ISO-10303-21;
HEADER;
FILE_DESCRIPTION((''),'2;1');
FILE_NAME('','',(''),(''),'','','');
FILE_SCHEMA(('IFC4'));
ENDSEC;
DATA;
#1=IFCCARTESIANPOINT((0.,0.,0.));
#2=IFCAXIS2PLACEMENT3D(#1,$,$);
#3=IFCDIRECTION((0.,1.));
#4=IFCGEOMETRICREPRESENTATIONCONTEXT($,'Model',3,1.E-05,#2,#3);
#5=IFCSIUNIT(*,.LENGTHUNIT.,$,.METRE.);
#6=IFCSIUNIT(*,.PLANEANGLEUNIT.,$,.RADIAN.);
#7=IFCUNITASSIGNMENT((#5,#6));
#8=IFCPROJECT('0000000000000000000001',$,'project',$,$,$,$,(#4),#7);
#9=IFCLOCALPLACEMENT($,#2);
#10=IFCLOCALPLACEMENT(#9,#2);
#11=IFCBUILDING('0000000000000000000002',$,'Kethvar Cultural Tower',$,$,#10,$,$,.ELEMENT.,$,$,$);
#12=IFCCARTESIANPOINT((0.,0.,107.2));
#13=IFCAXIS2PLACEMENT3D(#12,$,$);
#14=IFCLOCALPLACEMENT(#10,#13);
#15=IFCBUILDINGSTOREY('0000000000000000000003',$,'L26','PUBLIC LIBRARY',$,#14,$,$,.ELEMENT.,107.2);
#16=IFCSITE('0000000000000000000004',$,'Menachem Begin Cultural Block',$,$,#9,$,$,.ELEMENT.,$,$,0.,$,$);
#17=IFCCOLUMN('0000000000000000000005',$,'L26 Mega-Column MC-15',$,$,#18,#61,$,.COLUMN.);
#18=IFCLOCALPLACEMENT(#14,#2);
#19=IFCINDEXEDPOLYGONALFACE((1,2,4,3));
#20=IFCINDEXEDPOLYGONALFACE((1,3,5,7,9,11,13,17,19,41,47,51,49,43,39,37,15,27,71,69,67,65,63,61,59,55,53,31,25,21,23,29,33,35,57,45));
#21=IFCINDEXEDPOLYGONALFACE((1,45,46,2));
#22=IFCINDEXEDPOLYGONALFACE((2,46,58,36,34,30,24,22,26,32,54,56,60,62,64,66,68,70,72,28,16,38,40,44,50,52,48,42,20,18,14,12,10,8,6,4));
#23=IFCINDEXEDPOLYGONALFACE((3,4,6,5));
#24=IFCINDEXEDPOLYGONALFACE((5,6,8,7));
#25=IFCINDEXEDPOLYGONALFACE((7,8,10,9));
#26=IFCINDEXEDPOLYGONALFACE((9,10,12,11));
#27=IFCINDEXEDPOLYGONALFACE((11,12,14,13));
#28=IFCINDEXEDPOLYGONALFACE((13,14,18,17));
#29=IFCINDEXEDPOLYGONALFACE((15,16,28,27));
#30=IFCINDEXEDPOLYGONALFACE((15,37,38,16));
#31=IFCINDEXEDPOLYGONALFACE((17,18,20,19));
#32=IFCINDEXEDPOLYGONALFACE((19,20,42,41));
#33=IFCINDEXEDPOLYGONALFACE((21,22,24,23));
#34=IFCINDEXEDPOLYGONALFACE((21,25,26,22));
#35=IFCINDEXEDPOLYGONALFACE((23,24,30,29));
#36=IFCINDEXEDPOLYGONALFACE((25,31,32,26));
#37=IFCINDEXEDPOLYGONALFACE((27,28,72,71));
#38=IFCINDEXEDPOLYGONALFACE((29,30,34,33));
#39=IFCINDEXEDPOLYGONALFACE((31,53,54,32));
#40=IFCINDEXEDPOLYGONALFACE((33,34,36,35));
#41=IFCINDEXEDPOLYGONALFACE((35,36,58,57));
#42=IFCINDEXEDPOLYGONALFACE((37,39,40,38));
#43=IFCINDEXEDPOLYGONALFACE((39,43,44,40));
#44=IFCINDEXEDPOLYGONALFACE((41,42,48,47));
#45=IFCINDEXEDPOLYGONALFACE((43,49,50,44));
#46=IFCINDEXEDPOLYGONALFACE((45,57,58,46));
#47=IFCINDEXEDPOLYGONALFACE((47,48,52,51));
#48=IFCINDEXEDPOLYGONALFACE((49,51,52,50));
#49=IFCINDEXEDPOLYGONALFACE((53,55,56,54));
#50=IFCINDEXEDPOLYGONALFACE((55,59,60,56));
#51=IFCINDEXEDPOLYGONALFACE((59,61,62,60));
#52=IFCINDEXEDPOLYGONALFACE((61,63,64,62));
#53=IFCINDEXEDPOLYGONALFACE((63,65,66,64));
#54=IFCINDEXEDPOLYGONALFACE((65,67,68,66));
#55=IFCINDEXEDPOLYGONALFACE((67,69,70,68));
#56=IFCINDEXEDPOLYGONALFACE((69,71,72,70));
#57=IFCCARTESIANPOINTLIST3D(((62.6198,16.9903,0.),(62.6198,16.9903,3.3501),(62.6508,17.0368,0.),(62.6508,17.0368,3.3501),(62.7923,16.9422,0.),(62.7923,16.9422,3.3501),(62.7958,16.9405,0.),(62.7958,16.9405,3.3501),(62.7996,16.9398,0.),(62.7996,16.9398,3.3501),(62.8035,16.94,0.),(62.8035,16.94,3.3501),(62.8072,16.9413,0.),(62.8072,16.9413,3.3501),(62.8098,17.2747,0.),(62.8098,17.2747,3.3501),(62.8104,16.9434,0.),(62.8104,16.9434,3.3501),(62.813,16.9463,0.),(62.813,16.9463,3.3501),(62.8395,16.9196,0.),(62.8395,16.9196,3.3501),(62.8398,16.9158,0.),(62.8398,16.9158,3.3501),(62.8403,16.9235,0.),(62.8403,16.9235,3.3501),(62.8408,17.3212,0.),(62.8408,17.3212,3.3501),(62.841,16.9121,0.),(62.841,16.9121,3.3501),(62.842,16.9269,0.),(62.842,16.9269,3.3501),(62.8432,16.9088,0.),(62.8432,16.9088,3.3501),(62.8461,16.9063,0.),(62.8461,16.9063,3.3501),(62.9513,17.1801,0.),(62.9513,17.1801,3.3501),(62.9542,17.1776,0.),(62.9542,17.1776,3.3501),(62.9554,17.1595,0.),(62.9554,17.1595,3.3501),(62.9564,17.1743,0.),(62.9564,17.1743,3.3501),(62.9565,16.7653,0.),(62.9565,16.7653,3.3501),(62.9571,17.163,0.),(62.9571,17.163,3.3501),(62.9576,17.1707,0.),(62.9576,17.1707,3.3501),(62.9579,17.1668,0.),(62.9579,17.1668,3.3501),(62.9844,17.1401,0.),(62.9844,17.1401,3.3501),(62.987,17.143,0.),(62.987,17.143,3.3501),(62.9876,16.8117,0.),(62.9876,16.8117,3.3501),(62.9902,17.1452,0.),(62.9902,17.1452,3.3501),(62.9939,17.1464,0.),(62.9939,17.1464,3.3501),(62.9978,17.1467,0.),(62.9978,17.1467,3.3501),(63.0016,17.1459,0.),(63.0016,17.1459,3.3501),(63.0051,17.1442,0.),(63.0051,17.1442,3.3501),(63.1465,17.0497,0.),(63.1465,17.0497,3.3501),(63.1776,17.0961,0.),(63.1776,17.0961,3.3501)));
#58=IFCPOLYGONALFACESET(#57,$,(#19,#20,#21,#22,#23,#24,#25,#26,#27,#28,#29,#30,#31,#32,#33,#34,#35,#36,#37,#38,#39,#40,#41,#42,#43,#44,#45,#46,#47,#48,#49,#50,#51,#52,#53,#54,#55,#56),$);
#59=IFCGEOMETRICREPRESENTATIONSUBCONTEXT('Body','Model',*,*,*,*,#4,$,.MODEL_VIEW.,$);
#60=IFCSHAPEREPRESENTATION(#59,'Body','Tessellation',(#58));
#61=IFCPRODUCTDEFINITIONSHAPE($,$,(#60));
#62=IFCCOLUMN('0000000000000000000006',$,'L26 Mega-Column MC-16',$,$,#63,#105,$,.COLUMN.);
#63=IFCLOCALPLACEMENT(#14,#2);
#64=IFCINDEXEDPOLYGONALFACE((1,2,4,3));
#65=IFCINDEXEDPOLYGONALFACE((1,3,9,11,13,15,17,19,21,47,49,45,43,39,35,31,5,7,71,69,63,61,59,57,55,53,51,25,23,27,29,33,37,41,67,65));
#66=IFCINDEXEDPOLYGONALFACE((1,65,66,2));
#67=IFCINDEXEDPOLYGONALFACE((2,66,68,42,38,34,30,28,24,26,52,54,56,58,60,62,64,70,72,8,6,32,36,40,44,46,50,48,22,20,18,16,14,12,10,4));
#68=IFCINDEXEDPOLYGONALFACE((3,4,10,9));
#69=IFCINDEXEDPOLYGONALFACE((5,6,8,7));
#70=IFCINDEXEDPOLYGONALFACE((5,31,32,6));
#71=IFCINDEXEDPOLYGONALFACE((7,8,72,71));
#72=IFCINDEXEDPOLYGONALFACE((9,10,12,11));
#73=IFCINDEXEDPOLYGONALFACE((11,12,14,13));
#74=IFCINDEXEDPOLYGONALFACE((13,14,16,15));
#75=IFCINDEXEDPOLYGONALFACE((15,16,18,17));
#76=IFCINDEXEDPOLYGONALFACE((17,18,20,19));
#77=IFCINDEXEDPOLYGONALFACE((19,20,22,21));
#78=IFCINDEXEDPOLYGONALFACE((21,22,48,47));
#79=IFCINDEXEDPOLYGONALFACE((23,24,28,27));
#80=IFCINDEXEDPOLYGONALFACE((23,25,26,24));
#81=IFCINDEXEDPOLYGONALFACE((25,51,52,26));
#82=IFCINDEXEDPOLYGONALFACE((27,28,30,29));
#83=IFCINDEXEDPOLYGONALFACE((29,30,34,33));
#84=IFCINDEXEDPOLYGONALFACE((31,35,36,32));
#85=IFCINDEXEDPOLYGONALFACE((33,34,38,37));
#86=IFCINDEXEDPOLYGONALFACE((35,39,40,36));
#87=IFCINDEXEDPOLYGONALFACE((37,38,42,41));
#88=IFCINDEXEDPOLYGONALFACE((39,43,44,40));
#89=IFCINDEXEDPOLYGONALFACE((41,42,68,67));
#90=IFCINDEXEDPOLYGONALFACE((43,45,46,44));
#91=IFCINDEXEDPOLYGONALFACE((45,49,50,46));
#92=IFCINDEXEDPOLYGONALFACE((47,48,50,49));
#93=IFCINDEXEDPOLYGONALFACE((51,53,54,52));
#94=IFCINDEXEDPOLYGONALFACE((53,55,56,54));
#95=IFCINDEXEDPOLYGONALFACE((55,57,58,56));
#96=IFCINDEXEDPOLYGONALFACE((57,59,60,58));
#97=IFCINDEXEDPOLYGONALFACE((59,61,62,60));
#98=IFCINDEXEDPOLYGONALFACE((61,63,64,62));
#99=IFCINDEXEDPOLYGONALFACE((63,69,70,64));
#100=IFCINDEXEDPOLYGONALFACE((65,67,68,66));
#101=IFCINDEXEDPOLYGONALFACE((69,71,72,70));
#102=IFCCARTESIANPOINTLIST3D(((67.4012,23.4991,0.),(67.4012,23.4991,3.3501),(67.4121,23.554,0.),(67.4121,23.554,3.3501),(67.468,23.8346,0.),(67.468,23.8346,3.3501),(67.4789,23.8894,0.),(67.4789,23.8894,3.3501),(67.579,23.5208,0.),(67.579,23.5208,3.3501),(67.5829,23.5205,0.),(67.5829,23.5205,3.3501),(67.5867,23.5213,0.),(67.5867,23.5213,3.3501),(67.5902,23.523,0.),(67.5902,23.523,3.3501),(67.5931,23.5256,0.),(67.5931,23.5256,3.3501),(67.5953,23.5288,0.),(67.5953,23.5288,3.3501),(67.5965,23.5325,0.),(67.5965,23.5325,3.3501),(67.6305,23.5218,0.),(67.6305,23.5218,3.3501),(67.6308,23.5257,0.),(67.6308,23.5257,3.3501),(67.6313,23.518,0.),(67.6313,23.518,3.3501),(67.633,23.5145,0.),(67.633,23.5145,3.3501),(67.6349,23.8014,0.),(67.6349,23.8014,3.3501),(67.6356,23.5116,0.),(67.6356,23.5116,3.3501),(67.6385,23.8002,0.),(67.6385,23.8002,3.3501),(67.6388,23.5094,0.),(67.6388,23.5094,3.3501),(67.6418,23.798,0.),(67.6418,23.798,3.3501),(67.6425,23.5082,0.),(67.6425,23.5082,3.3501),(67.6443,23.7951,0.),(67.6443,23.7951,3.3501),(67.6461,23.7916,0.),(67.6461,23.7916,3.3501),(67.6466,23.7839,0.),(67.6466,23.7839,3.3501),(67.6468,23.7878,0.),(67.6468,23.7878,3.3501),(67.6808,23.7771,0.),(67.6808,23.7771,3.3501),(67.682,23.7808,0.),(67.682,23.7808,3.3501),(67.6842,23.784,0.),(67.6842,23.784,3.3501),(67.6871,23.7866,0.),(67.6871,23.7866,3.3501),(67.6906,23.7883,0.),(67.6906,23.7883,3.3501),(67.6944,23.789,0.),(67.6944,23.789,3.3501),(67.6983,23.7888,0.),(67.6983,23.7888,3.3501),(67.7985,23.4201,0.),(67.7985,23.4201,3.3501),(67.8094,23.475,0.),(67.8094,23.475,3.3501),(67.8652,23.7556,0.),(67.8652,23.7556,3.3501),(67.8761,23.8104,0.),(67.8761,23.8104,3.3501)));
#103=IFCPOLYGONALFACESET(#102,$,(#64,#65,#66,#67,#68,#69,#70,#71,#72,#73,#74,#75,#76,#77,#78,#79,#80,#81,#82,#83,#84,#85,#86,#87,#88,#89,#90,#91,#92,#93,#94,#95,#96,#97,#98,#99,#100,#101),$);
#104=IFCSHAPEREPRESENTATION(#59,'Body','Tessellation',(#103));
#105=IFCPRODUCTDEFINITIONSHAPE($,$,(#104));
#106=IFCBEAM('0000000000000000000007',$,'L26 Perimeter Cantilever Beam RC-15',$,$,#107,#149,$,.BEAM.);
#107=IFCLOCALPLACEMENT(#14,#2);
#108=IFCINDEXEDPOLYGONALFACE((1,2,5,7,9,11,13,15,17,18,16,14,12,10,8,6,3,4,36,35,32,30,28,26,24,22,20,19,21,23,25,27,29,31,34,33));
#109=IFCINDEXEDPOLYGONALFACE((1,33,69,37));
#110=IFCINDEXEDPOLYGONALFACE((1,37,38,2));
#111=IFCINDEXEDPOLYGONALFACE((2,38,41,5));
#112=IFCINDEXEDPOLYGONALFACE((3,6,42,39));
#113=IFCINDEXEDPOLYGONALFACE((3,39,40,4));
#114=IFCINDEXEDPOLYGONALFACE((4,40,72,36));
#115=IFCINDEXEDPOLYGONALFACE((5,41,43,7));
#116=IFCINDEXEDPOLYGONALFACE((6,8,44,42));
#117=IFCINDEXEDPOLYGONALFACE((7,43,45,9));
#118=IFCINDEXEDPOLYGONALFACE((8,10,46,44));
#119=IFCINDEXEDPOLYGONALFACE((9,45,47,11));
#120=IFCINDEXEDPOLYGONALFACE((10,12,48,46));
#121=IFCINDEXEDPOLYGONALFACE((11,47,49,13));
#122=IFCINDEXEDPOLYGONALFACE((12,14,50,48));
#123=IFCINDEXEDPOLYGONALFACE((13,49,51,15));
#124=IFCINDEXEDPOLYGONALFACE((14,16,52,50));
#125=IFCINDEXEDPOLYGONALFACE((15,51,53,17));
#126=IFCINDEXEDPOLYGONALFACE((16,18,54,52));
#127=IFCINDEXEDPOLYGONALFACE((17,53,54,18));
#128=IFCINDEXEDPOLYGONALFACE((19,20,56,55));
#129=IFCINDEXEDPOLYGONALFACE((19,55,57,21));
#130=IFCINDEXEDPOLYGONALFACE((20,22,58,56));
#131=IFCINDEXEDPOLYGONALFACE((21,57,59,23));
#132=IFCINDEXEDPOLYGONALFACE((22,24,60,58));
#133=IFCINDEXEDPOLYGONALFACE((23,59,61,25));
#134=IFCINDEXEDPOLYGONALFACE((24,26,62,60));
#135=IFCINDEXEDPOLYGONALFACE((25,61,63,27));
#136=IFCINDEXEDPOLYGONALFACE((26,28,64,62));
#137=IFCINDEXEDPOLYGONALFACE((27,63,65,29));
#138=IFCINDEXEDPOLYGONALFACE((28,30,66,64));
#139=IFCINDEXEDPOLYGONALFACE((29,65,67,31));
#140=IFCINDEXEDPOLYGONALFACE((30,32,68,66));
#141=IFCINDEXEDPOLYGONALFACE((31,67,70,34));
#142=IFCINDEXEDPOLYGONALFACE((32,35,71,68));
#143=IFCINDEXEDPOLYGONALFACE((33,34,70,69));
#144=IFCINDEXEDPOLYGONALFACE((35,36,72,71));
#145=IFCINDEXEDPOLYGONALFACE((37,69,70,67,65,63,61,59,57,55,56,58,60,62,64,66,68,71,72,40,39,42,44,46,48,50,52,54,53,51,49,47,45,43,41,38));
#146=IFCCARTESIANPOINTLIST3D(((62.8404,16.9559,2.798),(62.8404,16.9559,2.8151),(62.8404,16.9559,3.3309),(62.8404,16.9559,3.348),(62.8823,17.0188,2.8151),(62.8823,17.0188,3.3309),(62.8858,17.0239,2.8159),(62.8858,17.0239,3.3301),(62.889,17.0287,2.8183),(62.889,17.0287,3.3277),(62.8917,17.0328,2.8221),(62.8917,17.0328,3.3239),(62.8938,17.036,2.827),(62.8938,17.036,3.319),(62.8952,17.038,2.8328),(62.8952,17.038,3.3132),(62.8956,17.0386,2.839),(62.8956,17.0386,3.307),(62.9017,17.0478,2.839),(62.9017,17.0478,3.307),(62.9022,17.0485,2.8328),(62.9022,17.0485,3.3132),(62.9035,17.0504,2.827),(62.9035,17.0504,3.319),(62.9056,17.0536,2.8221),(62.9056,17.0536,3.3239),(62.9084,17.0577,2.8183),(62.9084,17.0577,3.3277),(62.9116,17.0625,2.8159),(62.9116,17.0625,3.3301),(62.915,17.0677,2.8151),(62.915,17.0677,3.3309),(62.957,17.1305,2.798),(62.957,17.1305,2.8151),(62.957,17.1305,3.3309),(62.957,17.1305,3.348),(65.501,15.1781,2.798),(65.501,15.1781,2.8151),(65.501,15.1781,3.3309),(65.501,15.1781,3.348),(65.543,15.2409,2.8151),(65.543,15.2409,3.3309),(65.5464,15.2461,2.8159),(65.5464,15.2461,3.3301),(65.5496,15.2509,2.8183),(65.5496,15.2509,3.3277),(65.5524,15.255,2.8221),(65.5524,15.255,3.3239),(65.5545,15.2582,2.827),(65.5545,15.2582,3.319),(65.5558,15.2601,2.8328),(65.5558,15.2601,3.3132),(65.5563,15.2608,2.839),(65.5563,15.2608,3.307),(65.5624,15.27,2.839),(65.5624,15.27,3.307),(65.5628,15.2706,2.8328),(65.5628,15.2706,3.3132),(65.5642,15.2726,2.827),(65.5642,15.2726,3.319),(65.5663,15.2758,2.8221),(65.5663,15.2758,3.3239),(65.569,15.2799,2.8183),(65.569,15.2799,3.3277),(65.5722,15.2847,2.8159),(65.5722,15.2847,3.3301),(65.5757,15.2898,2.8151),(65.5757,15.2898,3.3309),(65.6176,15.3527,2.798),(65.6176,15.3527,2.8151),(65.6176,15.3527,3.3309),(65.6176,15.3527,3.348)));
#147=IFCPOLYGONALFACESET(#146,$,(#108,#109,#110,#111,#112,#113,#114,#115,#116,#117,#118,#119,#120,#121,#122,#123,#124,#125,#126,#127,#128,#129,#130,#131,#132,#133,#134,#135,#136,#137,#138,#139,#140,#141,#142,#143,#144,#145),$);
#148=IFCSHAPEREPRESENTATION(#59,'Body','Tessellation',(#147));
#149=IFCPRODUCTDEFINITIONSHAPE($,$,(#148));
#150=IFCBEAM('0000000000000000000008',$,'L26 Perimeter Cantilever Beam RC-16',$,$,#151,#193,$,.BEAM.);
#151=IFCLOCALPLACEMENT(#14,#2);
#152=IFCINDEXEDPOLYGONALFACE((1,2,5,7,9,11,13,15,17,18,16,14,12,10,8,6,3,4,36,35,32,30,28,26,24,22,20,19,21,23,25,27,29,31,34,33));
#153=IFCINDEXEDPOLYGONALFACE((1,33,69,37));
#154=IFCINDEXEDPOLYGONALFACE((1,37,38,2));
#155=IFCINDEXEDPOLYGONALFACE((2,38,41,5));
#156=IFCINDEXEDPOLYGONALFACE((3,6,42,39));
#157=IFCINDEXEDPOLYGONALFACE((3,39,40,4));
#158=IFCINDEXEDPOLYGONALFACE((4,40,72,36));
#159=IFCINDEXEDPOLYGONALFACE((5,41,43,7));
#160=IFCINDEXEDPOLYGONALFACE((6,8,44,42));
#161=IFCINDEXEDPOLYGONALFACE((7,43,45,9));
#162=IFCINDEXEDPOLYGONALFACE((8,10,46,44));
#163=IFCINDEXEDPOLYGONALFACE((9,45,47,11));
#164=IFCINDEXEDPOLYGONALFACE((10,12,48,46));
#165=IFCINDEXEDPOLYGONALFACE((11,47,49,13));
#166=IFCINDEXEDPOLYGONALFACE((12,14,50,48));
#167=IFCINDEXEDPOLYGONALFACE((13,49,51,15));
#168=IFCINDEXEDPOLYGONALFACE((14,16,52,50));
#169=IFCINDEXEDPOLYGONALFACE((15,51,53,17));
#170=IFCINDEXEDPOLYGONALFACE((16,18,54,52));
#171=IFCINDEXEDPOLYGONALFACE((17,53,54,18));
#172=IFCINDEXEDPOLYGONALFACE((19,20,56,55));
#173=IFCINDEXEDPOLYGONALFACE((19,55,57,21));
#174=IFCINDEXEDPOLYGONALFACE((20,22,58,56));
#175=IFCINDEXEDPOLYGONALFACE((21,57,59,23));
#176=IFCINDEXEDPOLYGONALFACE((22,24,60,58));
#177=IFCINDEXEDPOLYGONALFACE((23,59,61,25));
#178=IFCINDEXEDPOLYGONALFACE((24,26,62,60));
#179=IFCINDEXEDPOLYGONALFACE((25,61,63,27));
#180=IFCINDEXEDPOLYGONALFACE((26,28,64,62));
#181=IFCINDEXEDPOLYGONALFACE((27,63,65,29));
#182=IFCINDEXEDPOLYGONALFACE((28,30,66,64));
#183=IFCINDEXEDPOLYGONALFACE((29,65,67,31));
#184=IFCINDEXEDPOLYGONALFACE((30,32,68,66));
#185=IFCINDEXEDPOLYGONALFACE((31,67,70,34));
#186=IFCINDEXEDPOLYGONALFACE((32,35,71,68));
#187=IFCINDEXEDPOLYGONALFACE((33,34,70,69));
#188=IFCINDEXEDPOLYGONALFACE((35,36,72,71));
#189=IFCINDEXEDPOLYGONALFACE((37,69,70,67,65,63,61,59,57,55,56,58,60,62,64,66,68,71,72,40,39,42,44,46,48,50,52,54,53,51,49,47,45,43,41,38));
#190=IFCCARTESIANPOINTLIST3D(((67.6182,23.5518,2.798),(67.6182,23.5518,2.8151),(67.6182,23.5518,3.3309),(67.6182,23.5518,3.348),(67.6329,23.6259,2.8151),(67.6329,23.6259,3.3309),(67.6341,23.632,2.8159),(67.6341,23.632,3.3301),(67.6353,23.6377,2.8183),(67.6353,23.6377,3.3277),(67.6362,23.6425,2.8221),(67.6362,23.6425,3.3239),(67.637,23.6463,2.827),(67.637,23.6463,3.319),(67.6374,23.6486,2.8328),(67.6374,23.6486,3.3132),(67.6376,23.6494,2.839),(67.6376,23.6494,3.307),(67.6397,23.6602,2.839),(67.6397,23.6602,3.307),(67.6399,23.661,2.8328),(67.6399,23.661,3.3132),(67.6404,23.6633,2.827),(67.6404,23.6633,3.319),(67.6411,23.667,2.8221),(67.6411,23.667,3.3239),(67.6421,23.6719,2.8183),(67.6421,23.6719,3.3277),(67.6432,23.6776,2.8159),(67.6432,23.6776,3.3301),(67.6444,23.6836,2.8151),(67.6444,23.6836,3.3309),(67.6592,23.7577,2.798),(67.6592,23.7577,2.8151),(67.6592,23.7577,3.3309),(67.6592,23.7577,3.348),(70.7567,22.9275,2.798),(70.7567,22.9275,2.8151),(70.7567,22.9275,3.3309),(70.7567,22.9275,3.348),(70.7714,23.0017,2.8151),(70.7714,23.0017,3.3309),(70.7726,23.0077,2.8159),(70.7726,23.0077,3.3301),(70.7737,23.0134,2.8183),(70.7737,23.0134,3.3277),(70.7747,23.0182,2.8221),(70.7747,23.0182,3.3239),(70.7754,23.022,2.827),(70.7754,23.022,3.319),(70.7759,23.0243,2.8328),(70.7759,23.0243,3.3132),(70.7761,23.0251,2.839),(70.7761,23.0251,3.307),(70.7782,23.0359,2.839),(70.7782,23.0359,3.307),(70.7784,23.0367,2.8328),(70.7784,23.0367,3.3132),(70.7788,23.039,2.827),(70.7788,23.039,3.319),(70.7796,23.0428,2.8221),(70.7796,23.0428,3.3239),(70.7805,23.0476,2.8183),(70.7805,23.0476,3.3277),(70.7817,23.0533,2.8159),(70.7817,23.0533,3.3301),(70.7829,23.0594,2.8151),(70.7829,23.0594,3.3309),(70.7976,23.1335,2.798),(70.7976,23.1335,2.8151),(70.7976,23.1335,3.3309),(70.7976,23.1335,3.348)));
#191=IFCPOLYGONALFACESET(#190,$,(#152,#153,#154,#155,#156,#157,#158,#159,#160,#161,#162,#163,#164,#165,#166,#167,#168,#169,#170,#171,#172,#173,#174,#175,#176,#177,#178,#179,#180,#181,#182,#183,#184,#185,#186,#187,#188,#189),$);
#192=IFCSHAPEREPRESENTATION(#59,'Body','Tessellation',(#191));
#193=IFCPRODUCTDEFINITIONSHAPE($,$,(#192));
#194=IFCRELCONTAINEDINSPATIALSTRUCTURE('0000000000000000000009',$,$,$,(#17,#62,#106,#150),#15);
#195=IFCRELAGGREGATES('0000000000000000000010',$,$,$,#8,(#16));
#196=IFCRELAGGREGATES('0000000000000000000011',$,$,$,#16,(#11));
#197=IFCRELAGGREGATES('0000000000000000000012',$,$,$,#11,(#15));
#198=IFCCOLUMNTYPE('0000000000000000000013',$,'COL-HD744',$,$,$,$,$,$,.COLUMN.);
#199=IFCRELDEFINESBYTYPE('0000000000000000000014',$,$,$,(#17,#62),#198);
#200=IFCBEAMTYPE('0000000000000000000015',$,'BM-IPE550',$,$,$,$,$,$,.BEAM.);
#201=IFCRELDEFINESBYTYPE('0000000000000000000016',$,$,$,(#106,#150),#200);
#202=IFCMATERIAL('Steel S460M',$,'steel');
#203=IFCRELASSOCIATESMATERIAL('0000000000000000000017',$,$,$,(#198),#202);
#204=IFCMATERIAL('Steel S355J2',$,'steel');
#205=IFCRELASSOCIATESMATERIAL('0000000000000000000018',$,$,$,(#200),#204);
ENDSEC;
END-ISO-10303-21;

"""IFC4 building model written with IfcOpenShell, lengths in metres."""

from ifc_helpers import new_model, si_unit, direction, frame, origin, origin_2d, place, context, subcontext, project, spatial, i_section, extrude, source, transform, mapped, material, material_profile, profile_set, type_object, element, save


model = new_model("IFC4")

# Units and contexts
model_context = context("Model", 3, precision=1e-05, world=origin(), true_north=direction((0.0, 1.0)))
body_context = subcontext(model_context, "Body", "Model", "MODEL_VIEW")
ifc_project = project(units=[si_unit("LENGTHUNIT", "METRE"), si_unit("PLANEANGLEUNIT", "RADIAN")], contexts=[model_context])

# Site, building, storey
site_placement = place(None, origin())
site = spatial("IfcSite", under=ifc_project, at=site_placement, Name="Menachem Begin Cultural Block", CompositionType="ELEMENT", RefElevation=0.0)
building_placement = place(site_placement, origin())
building = spatial("IfcBuilding", under=site, at=building_placement, Name="Kethvar Cultural Tower", CompositionType="ELEMENT")
storey_placement = place(building_placement, frame((0.0, 0.0, 107.2)))
storey = spatial("IfcBuildingStorey", under=building, at=storey_placement, Name="L26", Description="PUBLIC LIBRARY", CompositionType="ELEMENT", Elevation=107.2)

# Columns
ifc_material_1 = material(Name="Steel S460M", Category="steel")
ifc_material_profile_1 = material_profile(ifc_material_1, i_section(OverallWidth=0.405, OverallDepth=0.3979, WebThickness=0.0349, FlangeThickness=0.0559, FilletRadius=0.0149, at=origin_2d()), Name="Steel S460M — HD400x744")
ifc_profile_set_1 = profile_set([ifc_material_profile_1], Name="Steel S460M — HD400x744")
column_type = type_object("IfcColumnType", Name="COL-HD744", PredefinedType="COLUMN", material=ifc_profile_set_1)
shared_shape_1 = source(origin(), body_context, "Body", "SweptSolid", [
    extrude(i_section(OverallWidth=0.405, OverallDepth=0.3979, WebThickness=0.0349, FlangeThickness=0.0559, FilletRadius=0.0149, at=origin_2d()), origin(), (0.0, 0.0, 1.0), 3.3501),
])
for number, where, z_axis, x_axis, name in (
    (1, (62.8987, 17.0432, 0.0), (0.0, 0.0, 1.0), (0.83147, -0.55557, 0.0), "L26 Mega-Column MC-15"),
    (2, (67.6387, 23.6548, 0.0), (0.0, 0.0, 1.0), (0.980785, -0.19509, 0.0), "L26 Mega-Column MC-16"),
):
    element("IfcColumn", number, at=place(storey_placement, frame(where, z_axis=z_axis, x_axis=x_axis)), inside=storey, type_object=column_type, Name=name, PredefinedType="COLUMN", context=body_context, shape_type="MappedRepresentation", body=[
        mapped(shared_shape_1, transform((0.0, 0.0, 0.0), scale=1.0)),
    ])

# Beams
ifc_material_2 = material(Name="Steel S355J2", Category="steel")
ifc_material_profile_2 = material_profile(ifc_material_2, i_section(OverallWidth=0.21, OverallDepth=0.55, WebThickness=0.011, FlangeThickness=0.0171, FilletRadius=0.0239, at=origin_2d()), Name="Steel S355J2 — IPE550")
ifc_profile_set_2 = profile_set([ifc_material_profile_2], Name="Steel S355J2 — IPE550")
beam_type_1 = type_object("IfcBeamType", Name="BM-IPE550", PredefinedType="BEAM", material=ifc_profile_set_2)
shared_shape_2 = source(origin(), body_context, "Body", "SweptSolid", [
    extrude(i_section(OverallWidth=0.21, OverallDepth=0.55, WebThickness=0.011, FlangeThickness=0.0171, FilletRadius=0.0239, at=origin_2d()), origin(), (0.0, 0.0, 1.0), 3.2),
])
for number, where, z_axis, x_axis, name in (
    (3, (62.8987, 17.0432, 3.073), (0.831463, -0.55558, 0.0), (0.55558, 0.831463, 0.0), "L26 Perimeter Cantilever Beam RC-15"),
    (4, (67.6387, 23.6548, 3.073), (0.980786, -0.195089, 0.0), (0.195089, 0.980786, 0.0), "L26 Perimeter Cantilever Beam RC-16"),
):
    element("IfcBeam", number, at=place(storey_placement, frame(where, z_axis=z_axis, x_axis=x_axis)), inside=storey, type_object=beam_type_1, Name=name, PredefinedType="BEAM", context=body_context, shape_type="MappedRepresentation", body=[
        mapped(shared_shape_2, transform((0.0, 0.0, 0.0), scale=1.0)),
    ])

save(model, "model.ifc")
